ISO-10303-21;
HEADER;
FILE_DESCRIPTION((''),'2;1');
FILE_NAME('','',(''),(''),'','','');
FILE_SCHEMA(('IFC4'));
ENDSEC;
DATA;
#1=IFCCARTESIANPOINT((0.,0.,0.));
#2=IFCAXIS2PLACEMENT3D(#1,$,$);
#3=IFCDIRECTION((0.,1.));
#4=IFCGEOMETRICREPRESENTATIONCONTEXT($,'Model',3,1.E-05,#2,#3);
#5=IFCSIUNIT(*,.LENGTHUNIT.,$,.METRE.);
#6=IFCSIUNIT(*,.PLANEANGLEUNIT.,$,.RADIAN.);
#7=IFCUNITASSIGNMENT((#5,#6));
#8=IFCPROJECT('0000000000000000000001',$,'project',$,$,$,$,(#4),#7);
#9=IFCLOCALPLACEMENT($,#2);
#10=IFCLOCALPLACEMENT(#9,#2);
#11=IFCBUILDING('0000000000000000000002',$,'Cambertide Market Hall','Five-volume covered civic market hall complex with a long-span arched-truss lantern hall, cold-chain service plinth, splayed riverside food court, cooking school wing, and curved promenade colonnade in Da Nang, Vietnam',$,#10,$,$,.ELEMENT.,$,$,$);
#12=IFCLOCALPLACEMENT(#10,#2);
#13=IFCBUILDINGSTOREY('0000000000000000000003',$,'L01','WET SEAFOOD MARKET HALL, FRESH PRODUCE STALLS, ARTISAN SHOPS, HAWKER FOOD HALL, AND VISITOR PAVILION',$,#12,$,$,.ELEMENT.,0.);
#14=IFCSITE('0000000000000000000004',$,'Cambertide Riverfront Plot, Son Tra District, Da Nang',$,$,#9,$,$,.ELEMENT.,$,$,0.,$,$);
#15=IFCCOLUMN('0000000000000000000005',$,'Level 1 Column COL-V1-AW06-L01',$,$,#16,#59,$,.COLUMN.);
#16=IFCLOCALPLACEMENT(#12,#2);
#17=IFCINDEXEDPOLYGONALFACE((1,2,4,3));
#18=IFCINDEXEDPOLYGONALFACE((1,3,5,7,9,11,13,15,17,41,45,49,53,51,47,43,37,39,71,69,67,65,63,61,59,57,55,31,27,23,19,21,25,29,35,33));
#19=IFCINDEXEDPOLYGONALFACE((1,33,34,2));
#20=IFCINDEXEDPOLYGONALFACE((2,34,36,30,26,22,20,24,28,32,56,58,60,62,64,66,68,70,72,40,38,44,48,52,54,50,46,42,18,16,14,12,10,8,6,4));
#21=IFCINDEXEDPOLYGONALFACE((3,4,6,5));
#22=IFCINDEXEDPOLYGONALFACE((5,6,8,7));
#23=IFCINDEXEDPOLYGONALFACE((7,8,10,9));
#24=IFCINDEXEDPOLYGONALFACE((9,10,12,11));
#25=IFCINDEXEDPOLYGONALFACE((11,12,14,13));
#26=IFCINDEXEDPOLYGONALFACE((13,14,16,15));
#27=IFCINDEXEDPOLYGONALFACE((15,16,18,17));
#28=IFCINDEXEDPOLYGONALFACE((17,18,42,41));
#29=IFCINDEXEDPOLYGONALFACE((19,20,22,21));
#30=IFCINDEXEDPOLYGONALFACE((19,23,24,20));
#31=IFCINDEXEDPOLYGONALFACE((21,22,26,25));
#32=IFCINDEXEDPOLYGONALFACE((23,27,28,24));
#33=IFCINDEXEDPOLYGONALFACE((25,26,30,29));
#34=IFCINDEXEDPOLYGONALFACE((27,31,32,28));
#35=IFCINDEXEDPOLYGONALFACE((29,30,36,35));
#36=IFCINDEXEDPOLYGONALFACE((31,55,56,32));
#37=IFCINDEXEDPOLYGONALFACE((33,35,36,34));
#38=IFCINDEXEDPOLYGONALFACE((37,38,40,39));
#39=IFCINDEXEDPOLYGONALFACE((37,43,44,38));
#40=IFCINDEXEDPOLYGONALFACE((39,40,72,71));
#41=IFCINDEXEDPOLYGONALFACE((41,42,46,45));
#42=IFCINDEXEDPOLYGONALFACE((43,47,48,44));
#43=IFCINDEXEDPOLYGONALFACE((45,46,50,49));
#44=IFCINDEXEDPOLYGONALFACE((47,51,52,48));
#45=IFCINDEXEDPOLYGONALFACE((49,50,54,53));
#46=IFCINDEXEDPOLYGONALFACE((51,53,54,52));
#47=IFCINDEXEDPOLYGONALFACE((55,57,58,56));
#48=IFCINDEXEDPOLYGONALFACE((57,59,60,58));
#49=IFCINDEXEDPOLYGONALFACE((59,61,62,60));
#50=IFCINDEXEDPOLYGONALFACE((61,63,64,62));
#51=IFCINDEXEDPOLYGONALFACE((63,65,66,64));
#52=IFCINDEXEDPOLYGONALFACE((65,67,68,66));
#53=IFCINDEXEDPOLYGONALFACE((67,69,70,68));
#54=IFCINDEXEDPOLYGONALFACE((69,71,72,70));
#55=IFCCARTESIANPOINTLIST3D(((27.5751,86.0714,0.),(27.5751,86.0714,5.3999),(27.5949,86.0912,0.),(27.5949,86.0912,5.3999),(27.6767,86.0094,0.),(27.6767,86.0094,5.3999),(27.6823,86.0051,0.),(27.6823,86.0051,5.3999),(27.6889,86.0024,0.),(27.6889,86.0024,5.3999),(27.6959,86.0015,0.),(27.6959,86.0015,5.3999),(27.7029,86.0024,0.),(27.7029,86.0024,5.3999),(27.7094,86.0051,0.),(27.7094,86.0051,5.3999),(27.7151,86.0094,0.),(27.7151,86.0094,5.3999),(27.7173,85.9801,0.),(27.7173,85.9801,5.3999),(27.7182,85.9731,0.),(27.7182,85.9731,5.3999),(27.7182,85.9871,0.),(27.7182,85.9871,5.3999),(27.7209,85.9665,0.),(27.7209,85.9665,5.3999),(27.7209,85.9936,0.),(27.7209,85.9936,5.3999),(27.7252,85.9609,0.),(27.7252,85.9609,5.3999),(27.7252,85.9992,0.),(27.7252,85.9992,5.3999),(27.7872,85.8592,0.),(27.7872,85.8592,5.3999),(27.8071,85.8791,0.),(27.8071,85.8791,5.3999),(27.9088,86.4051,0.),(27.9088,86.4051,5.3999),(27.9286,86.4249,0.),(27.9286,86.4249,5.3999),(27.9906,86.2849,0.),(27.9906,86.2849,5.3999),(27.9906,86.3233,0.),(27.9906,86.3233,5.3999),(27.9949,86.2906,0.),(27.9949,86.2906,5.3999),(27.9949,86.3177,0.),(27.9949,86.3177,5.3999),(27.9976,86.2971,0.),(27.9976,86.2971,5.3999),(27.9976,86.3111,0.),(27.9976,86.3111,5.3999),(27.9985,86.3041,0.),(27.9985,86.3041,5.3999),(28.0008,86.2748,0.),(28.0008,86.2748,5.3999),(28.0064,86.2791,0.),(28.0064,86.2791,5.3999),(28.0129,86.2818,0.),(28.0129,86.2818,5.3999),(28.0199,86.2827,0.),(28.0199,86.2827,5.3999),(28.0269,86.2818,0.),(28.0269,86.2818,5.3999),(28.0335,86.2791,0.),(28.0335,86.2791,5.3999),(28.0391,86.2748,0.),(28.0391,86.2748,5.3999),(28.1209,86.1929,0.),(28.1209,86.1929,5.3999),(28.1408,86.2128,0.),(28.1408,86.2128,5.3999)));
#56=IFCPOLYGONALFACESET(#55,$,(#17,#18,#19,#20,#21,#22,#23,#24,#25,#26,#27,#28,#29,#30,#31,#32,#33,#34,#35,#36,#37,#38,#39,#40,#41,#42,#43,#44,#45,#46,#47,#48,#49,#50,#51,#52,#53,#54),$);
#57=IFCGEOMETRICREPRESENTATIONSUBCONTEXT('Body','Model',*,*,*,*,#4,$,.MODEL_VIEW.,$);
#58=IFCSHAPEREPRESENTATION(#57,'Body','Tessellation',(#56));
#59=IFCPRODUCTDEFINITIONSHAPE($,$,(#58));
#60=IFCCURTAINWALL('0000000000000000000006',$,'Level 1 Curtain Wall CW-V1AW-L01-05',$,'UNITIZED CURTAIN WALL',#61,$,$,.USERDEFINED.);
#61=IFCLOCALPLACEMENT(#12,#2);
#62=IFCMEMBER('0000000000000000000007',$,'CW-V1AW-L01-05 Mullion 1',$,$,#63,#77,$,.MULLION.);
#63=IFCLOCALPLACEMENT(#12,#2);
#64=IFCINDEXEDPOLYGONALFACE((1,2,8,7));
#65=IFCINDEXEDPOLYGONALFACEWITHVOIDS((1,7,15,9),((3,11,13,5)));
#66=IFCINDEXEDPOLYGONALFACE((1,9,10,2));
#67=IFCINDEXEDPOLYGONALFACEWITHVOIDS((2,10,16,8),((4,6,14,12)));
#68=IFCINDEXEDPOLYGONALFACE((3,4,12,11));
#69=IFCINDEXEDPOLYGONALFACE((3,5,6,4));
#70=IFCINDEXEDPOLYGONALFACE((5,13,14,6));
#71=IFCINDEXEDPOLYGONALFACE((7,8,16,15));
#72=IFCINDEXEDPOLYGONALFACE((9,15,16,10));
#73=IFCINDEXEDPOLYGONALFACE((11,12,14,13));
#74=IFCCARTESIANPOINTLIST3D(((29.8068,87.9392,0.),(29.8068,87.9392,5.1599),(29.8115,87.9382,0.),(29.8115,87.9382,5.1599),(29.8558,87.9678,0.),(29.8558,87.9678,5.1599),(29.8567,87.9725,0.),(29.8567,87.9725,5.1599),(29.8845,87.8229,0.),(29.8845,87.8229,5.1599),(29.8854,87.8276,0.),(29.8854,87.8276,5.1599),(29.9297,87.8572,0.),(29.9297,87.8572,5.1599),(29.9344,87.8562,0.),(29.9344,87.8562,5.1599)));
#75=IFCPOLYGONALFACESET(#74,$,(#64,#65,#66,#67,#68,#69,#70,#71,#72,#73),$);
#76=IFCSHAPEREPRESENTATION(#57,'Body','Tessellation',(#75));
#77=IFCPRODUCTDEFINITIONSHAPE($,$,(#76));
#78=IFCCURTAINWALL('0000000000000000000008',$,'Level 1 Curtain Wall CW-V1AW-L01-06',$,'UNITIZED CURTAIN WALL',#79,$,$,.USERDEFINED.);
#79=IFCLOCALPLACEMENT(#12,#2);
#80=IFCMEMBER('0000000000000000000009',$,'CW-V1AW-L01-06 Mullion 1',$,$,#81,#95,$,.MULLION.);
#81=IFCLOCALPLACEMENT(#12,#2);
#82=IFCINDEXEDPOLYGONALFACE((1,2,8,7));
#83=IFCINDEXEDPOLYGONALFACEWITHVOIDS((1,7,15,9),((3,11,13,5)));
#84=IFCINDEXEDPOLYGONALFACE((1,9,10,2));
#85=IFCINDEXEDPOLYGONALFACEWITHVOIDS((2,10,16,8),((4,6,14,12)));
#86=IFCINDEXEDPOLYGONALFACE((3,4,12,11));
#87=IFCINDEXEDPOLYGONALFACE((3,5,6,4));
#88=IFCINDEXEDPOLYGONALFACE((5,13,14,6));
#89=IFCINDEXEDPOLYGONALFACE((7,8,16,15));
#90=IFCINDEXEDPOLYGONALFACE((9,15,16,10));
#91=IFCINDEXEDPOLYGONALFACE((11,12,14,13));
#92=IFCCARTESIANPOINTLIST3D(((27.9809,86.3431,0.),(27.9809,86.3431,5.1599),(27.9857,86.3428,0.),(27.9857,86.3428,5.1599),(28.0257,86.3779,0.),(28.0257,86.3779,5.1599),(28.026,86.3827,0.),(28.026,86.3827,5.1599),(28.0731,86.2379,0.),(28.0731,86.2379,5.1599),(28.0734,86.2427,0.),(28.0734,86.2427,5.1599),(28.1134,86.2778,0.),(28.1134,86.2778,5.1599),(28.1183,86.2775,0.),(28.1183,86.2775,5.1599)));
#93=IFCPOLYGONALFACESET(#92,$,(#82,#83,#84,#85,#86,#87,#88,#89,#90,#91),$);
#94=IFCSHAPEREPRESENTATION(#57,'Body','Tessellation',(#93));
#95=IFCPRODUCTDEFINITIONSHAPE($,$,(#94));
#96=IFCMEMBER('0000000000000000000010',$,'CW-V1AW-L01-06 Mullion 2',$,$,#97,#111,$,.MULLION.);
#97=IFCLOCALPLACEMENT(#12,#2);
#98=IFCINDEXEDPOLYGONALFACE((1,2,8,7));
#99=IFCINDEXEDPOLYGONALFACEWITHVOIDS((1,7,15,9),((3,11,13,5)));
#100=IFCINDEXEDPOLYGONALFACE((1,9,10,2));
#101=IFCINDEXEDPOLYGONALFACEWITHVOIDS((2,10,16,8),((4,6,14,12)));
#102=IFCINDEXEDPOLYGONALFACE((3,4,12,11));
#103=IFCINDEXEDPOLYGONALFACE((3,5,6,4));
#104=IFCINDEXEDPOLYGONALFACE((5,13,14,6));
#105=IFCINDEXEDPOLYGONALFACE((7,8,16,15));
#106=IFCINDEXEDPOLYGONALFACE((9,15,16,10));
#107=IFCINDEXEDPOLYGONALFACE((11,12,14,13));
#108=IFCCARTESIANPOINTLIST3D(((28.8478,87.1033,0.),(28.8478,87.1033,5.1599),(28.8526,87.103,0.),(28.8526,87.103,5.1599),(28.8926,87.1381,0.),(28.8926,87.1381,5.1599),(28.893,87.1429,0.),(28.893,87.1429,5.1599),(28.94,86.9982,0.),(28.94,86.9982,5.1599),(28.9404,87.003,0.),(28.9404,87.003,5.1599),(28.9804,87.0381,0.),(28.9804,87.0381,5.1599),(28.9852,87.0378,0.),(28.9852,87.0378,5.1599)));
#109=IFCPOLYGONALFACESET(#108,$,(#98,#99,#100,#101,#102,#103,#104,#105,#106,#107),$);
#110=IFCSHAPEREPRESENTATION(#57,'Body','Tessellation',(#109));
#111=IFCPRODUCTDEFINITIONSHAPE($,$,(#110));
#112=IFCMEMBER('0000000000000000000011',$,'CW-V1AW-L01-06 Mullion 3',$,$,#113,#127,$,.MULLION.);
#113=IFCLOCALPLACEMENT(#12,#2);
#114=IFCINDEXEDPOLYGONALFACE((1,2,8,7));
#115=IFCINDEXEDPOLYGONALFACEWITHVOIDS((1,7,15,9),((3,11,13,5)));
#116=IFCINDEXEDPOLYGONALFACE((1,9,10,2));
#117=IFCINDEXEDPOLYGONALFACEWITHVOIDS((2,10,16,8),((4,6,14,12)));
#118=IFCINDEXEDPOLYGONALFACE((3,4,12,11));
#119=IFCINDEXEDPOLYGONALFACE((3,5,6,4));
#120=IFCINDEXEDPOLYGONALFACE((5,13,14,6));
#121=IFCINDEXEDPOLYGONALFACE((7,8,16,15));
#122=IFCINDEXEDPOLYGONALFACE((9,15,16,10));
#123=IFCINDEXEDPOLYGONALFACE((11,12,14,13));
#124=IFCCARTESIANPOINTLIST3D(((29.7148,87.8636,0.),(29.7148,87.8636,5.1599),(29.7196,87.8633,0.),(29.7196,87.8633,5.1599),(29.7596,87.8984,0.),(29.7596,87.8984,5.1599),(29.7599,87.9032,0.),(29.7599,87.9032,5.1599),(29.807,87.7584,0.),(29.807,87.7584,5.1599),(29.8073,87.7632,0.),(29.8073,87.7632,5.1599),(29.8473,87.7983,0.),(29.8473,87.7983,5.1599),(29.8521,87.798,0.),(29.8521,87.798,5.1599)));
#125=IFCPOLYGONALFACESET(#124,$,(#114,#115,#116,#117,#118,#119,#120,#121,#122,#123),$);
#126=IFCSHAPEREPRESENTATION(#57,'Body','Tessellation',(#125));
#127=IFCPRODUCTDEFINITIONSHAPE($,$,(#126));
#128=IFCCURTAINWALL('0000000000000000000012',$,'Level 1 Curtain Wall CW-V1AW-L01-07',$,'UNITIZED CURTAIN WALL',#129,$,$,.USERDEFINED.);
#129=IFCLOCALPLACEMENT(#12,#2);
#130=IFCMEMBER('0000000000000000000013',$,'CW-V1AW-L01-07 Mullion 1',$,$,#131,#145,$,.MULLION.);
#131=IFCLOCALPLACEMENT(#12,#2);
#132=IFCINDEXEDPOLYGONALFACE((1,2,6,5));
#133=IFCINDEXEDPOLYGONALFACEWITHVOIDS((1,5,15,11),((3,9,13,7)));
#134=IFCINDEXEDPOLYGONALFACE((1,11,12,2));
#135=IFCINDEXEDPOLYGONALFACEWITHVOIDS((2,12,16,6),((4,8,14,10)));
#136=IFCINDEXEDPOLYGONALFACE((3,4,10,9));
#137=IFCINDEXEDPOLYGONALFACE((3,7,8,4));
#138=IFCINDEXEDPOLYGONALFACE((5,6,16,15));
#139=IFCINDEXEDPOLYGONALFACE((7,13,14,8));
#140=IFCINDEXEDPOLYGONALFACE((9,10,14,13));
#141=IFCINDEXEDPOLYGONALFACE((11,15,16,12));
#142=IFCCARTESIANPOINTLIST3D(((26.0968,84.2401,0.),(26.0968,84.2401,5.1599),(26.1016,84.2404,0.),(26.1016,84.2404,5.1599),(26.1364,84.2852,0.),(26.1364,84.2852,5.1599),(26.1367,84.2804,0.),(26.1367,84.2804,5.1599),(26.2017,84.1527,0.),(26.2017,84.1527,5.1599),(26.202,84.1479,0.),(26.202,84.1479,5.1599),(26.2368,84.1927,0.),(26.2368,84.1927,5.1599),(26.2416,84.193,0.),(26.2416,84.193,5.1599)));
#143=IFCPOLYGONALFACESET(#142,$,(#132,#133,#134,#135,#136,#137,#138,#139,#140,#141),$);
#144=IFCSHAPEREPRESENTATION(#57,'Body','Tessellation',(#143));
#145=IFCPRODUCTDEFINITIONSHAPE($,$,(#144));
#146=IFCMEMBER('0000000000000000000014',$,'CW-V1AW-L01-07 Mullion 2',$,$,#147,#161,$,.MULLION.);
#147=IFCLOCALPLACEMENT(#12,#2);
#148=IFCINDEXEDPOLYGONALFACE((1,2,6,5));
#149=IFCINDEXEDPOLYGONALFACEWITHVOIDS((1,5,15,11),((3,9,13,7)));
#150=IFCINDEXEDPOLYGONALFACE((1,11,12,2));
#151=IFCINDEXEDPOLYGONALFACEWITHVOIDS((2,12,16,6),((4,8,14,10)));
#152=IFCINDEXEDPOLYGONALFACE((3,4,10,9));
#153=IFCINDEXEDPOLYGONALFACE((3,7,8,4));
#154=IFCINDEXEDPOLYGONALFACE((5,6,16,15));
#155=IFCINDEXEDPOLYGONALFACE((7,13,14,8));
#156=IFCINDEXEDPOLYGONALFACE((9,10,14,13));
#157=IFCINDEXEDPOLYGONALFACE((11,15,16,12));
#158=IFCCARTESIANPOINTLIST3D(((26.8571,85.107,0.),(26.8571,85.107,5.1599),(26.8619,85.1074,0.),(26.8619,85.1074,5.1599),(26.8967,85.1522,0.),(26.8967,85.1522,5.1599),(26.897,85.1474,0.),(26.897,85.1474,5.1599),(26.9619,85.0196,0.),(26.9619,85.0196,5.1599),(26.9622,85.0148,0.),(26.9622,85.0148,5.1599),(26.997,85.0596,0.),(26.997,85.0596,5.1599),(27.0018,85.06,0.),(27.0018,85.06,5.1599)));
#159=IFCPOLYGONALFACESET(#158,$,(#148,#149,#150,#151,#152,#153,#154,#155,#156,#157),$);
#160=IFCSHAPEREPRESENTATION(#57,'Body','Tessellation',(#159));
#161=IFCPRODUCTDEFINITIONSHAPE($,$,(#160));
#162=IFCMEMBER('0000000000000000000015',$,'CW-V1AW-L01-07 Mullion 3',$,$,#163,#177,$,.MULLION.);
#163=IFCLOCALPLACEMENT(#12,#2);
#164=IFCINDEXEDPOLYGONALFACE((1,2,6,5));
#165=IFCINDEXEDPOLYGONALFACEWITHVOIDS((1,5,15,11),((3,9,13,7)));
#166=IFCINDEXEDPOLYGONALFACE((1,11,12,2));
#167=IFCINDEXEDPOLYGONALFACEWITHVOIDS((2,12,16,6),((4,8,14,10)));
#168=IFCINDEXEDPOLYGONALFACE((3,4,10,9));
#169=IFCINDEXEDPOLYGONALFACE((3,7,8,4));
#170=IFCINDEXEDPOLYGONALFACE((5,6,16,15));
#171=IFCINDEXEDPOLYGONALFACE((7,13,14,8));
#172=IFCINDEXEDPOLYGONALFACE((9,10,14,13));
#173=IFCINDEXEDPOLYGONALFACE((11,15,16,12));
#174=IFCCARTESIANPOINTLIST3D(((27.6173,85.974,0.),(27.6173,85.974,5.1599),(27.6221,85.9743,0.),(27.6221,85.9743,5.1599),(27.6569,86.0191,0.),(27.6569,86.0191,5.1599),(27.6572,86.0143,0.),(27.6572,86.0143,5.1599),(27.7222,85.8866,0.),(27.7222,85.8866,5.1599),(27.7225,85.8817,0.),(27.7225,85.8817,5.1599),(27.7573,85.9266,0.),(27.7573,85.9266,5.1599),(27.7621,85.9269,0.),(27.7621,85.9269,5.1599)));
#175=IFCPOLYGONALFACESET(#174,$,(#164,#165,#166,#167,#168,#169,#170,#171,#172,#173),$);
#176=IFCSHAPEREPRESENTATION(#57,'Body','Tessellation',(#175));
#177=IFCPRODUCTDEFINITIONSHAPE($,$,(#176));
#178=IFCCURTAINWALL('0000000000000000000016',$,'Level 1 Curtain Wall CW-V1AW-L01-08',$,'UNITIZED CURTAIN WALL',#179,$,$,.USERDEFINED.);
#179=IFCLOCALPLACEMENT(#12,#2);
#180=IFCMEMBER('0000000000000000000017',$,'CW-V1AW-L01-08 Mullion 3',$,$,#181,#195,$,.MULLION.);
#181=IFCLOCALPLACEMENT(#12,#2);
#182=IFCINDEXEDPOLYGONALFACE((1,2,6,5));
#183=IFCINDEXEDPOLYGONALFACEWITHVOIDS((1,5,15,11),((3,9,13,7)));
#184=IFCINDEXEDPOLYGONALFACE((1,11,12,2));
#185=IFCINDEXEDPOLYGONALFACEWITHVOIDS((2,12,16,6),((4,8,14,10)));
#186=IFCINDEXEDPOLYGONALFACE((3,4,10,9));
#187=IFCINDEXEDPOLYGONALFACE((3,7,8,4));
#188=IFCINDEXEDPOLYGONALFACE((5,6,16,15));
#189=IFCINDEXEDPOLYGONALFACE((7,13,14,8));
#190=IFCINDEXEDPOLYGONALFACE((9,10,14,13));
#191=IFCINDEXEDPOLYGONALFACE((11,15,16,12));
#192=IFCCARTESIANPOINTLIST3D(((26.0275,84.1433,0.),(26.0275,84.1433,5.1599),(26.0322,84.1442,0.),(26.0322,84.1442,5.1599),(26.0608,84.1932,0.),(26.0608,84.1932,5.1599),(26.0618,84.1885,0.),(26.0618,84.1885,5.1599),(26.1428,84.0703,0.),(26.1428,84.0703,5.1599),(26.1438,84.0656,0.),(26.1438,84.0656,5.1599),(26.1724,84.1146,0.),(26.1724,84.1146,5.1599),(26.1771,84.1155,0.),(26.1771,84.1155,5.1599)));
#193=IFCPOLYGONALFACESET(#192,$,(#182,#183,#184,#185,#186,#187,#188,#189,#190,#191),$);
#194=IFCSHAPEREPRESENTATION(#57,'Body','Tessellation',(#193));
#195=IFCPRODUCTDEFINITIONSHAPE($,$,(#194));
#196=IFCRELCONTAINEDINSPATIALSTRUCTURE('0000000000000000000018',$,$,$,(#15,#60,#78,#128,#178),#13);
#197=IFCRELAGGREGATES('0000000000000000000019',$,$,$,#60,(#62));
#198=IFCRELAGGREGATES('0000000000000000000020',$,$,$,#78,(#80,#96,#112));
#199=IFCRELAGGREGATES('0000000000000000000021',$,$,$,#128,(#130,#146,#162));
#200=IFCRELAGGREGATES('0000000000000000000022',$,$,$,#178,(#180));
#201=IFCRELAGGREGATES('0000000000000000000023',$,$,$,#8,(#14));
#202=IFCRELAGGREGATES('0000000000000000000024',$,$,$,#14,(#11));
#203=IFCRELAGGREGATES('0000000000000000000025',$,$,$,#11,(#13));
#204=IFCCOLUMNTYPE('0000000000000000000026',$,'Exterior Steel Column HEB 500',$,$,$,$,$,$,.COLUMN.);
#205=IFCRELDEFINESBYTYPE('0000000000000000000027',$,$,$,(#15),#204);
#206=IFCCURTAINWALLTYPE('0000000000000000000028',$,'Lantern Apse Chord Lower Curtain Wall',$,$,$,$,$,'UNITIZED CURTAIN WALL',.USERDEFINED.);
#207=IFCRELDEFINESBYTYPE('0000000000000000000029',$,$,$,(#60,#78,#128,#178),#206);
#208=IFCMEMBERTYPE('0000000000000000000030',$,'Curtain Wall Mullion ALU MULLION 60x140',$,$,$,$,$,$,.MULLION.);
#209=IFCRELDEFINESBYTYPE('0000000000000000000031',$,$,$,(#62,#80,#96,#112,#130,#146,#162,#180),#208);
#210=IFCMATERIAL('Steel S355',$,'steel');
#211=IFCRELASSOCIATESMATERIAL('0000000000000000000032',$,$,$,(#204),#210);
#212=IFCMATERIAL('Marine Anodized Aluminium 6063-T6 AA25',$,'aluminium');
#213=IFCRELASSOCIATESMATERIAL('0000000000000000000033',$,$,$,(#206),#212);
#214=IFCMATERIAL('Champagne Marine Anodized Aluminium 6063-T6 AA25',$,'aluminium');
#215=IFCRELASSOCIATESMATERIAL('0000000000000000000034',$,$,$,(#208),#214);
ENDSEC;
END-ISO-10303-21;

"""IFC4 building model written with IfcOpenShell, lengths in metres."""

from ifc_helpers import new_model, si_unit, direction, frame, origin, origin_2d, place, context, subcontext, project, spatial, hollow_rectangle, i_section, extrude, material, material_profile, profile_set, type_object, element, aggregate, save


model = new_model("IFC4")

# Units and contexts
model_context = context("Model", 3, precision=1e-05, world=origin(), true_north=direction((0.0, 1.0)))
body_context = subcontext(model_context, "Body", "Model", "MODEL_VIEW")
ifc_project = project(units=[si_unit("LENGTHUNIT", "METRE"), si_unit("PLANEANGLEUNIT", "RADIAN")], contexts=[model_context])

# Site, building, storey
site_placement = place(None, origin())
site = spatial("IfcSite", under=ifc_project, at=site_placement, Name="Cambertide Riverfront Plot, Son Tra District, Da Nang", CompositionType="ELEMENT", RefElevation=0.0)
building_placement = place(site_placement, origin())
building = spatial("IfcBuilding", under=site, at=building_placement, Name="Cambertide Market Hall", Description="Five-volume covered civic market hall complex with a long-span arched-truss lantern hall, cold-chain service plinth, splayed riverside food court, cooking school wing, and curved promenade colonnade in Da Nang, Vietnam", CompositionType="ELEMENT")
storey_placement = place(building_placement, origin())
storey = spatial("IfcBuildingStorey", under=building, at=storey_placement, Name="L01", Description="WET SEAFOOD MARKET HALL, FRESH PRODUCE STALLS, ARTISAN SHOPS, HAWKER FOOD HALL, AND VISITOR PAVILION", CompositionType="ELEMENT", Elevation=0.0)

# Column
ifc_material_1 = material(Name="Steel S355", Category="steel")
ifc_material_profile_1 = material_profile(ifc_material_1, i_section(OverallWidth=0.3, OverallDepth=0.5, WebThickness=0.0144, FlangeThickness=0.0281, FilletRadius=0.0271, at=origin_2d()), Name="HEB 500")
ifc_profile_set_1 = profile_set([ifc_material_profile_1], Name="Steel S355")
column_type = type_object("IfcColumnType", Name="Exterior Steel Column HEB 500", PredefinedType="COLUMN", material=ifc_profile_set_1)
column_placement = place(storey_placement, frame((27.8579, 86.1421, 0.0), z_axis=(0.0, 0.0, 1.0), x_axis=(-0.707107, 0.707107, 0.0)))
element("IfcColumn", 1, at=column_placement, inside=storey, type_object=column_type, Name="Level 1 Column COL-V1-AW06-L01", PredefinedType="COLUMN", context=body_context, shape_type="SweptSolid", body=[
    extrude(i_section(OverallWidth=0.3, OverallDepth=0.5, WebThickness=0.0144, FlangeThickness=0.0281, FilletRadius=0.0271, at=origin_2d()), origin(), (0.0, 0.0, 1.0), 5.3999),
])

# Curtain wall, member
ifc_material_2 = material(Name="Marine Anodized Aluminium 6063-T6 AA25", Category="aluminium")
curtain_wall_type = type_object("IfcCurtainWallType", Name="Lantern Apse Chord Lower Curtain Wall", ElementType="UNITIZED CURTAIN WALL", PredefinedType="USERDEFINED", material=ifc_material_2)
curtain_wall_1_placement = place(storey_placement, origin())
curtain_wall_1 = element("IfcCurtainWall", 2, at=curtain_wall_1_placement, inside=storey, type_object=curtain_wall_type, Name="Level 1 Curtain Wall CW-V1AW-L01-05", ObjectType="UNITIZED CURTAIN WALL", PredefinedType="USERDEFINED")
ifc_material_3 = material(Name="Champagne Marine Anodized Aluminium 6063-T6 AA25", Category="aluminium")
ifc_material_profile_2 = material_profile(ifc_material_3, hollow_rectangle(XDim=0.0601, YDim=0.1399, WallThickness=0.0034, at=origin_2d()), Name="ALU MULLION 60x140")
ifc_profile_set_2 = profile_set([ifc_material_profile_2], Name="Champagne Marine Anodized Aluminium 6063-T6 AA25")
member_type_1 = type_object("IfcMemberType", Name="Curtain Wall Mullion ALU MULLION 60x140", PredefinedType="MULLION", material=ifc_profile_set_2)
member_1_placement = place(storey_placement, frame((29.8706, 87.8977, 0.0), z_axis=(0.0, 0.0, 1.0), x_axis=(0.83147, 0.55557, 0.0)))
member_1 = element("IfcMember", 3, at=member_1_placement, type_object=member_type_1, Name="CW-V1AW-L01-05 Mullion 1", PredefinedType="MULLION", context=body_context, shape_type="SweptSolid", body=[
    extrude(hollow_rectangle(XDim=0.0601, YDim=0.1399, WallThickness=0.0034, at=origin_2d()), origin(), (0.0, 0.0, 1.0), 5.1599),
])

# Curtain walls, members
curtain_wall_2_placement = place(storey_placement, origin())
curtain_wall_2 = element("IfcCurtainWall", 4, at=curtain_wall_2_placement, inside=storey, type_object=curtain_wall_type, Name="Level 1 Curtain Wall CW-V1AW-L01-06", ObjectType="UNITIZED CURTAIN WALL", PredefinedType="USERDEFINED")
member_2_placement = place(storey_placement, frame((28.0496, 86.3103, 0.0), z_axis=(0.0, 0.0, 1.0), x_axis=(0.75184, 0.659346, 0.0)))
member_2 = element("IfcMember", 5, at=member_2_placement, type_object=member_type_1, Name="CW-V1AW-L01-06 Mullion 1", PredefinedType="MULLION", context=body_context, shape_type="SweptSolid", body=[
    extrude(hollow_rectangle(XDim=0.0601, YDim=0.1399, WallThickness=0.0034, at=origin_2d()), origin(), (0.0, 0.0, 1.0), 5.1599),
])
member_3_placement = place(storey_placement, frame((28.9165, 87.0706, 0.0), z_axis=(0.0, 0.0, 1.0), x_axis=(0.75184, 0.659346, 0.0)))
member_3 = element("IfcMember", 6, at=member_3_placement, type_object=member_type_1, Name="CW-V1AW-L01-06 Mullion 2", PredefinedType="MULLION", context=body_context, shape_type="SweptSolid", body=[
    extrude(hollow_rectangle(XDim=0.0601, YDim=0.1399, WallThickness=0.0034, at=origin_2d()), origin(), (0.0, 0.0, 1.0), 5.1599),
])
member_4_placement = place(storey_placement, frame((29.7834, 87.8308, 0.0), z_axis=(0.0, 0.0, 1.0), x_axis=(0.75184, 0.659346, 0.0)))
member_4 = element("IfcMember", 7, at=member_4_placement, type_object=member_type_1, Name="CW-V1AW-L01-06 Mullion 3", PredefinedType="MULLION", context=body_context, shape_type="SweptSolid", body=[
    extrude(hollow_rectangle(XDim=0.0601, YDim=0.1399, WallThickness=0.0034, at=origin_2d()), origin(), (0.0, 0.0, 1.0), 5.1599),
])
curtain_wall_3_placement = place(storey_placement, origin())
curtain_wall_3 = element("IfcCurtainWall", 8, at=curtain_wall_3_placement, inside=storey, type_object=curtain_wall_type, Name="Level 1 Curtain Wall CW-V1AW-L01-07", ObjectType="UNITIZED CURTAIN WALL", PredefinedType="USERDEFINED")
member_5_placement = place(storey_placement, frame((26.1692, 84.2166, 0.0), z_axis=(0.0, 0.0, 1.0), x_axis=(0.659346, 0.75184, 0.0)))
member_5 = element("IfcMember", 9, at=member_5_placement, type_object=member_type_1, Name="CW-V1AW-L01-07 Mullion 1", PredefinedType="MULLION", context=body_context, shape_type="SweptSolid", body=[
    extrude(hollow_rectangle(XDim=0.0601, YDim=0.1399, WallThickness=0.0034, at=origin_2d()), origin(), (0.0, 0.0, 1.0), 5.1599),
])
member_6_placement = place(storey_placement, frame((26.9294, 85.0835, 0.0), z_axis=(0.0, 0.0, 1.0), x_axis=(0.659346, 0.75184, 0.0)))
member_6 = element("IfcMember", 10, at=member_6_placement, type_object=member_type_1, Name="CW-V1AW-L01-07 Mullion 2", PredefinedType="MULLION", context=body_context, shape_type="SweptSolid", body=[
    extrude(hollow_rectangle(XDim=0.0601, YDim=0.1399, WallThickness=0.0034, at=origin_2d()), origin(), (0.0, 0.0, 1.0), 5.1599),
])
member_7_placement = place(storey_placement, frame((27.6897, 85.9504, 0.0), z_axis=(0.0, 0.0, 1.0), x_axis=(0.659346, 0.75184, 0.0)))
member_7 = element("IfcMember", 11, at=member_7_placement, type_object=member_type_1, Name="CW-V1AW-L01-07 Mullion 3", PredefinedType="MULLION", context=body_context, shape_type="SweptSolid", body=[
    extrude(hollow_rectangle(XDim=0.0601, YDim=0.1399, WallThickness=0.0034, at=origin_2d()), origin(), (0.0, 0.0, 1.0), 5.1599),
])

# Curtain wall, member
curtain_wall_4_placement = place(storey_placement, origin())
curtain_wall_4 = element("IfcCurtainWall", 12, at=curtain_wall_4_placement, inside=storey, type_object=curtain_wall_type, Name="Level 1 Curtain Wall CW-V1AW-L01-08", ObjectType="UNITIZED CURTAIN WALL", PredefinedType="USERDEFINED")
member_8_placement = place(storey_placement, frame((26.1023, 84.1294, 0.0), z_axis=(0.0, 0.0, 1.0), x_axis=(0.55557, 0.83147, 0.0)))
member_8 = element("IfcMember", 13, at=member_8_placement, type_object=member_type_1, Name="CW-V1AW-L01-08 Mullion 3", PredefinedType="MULLION", context=body_context, shape_type="SweptSolid", body=[
    extrude(hollow_rectangle(XDim=0.0601, YDim=0.1399, WallThickness=0.0034, at=origin_2d()), origin(), (0.0, 0.0, 1.0), 5.1599),
])

aggregate(curtain_wall_1, [member_1])

aggregate(curtain_wall_2, [member_2, member_3, member_4])
aggregate(curtain_wall_3, [member_5, member_6, member_7])
aggregate(curtain_wall_4, [member_8])

save(model, "model.ifc")
